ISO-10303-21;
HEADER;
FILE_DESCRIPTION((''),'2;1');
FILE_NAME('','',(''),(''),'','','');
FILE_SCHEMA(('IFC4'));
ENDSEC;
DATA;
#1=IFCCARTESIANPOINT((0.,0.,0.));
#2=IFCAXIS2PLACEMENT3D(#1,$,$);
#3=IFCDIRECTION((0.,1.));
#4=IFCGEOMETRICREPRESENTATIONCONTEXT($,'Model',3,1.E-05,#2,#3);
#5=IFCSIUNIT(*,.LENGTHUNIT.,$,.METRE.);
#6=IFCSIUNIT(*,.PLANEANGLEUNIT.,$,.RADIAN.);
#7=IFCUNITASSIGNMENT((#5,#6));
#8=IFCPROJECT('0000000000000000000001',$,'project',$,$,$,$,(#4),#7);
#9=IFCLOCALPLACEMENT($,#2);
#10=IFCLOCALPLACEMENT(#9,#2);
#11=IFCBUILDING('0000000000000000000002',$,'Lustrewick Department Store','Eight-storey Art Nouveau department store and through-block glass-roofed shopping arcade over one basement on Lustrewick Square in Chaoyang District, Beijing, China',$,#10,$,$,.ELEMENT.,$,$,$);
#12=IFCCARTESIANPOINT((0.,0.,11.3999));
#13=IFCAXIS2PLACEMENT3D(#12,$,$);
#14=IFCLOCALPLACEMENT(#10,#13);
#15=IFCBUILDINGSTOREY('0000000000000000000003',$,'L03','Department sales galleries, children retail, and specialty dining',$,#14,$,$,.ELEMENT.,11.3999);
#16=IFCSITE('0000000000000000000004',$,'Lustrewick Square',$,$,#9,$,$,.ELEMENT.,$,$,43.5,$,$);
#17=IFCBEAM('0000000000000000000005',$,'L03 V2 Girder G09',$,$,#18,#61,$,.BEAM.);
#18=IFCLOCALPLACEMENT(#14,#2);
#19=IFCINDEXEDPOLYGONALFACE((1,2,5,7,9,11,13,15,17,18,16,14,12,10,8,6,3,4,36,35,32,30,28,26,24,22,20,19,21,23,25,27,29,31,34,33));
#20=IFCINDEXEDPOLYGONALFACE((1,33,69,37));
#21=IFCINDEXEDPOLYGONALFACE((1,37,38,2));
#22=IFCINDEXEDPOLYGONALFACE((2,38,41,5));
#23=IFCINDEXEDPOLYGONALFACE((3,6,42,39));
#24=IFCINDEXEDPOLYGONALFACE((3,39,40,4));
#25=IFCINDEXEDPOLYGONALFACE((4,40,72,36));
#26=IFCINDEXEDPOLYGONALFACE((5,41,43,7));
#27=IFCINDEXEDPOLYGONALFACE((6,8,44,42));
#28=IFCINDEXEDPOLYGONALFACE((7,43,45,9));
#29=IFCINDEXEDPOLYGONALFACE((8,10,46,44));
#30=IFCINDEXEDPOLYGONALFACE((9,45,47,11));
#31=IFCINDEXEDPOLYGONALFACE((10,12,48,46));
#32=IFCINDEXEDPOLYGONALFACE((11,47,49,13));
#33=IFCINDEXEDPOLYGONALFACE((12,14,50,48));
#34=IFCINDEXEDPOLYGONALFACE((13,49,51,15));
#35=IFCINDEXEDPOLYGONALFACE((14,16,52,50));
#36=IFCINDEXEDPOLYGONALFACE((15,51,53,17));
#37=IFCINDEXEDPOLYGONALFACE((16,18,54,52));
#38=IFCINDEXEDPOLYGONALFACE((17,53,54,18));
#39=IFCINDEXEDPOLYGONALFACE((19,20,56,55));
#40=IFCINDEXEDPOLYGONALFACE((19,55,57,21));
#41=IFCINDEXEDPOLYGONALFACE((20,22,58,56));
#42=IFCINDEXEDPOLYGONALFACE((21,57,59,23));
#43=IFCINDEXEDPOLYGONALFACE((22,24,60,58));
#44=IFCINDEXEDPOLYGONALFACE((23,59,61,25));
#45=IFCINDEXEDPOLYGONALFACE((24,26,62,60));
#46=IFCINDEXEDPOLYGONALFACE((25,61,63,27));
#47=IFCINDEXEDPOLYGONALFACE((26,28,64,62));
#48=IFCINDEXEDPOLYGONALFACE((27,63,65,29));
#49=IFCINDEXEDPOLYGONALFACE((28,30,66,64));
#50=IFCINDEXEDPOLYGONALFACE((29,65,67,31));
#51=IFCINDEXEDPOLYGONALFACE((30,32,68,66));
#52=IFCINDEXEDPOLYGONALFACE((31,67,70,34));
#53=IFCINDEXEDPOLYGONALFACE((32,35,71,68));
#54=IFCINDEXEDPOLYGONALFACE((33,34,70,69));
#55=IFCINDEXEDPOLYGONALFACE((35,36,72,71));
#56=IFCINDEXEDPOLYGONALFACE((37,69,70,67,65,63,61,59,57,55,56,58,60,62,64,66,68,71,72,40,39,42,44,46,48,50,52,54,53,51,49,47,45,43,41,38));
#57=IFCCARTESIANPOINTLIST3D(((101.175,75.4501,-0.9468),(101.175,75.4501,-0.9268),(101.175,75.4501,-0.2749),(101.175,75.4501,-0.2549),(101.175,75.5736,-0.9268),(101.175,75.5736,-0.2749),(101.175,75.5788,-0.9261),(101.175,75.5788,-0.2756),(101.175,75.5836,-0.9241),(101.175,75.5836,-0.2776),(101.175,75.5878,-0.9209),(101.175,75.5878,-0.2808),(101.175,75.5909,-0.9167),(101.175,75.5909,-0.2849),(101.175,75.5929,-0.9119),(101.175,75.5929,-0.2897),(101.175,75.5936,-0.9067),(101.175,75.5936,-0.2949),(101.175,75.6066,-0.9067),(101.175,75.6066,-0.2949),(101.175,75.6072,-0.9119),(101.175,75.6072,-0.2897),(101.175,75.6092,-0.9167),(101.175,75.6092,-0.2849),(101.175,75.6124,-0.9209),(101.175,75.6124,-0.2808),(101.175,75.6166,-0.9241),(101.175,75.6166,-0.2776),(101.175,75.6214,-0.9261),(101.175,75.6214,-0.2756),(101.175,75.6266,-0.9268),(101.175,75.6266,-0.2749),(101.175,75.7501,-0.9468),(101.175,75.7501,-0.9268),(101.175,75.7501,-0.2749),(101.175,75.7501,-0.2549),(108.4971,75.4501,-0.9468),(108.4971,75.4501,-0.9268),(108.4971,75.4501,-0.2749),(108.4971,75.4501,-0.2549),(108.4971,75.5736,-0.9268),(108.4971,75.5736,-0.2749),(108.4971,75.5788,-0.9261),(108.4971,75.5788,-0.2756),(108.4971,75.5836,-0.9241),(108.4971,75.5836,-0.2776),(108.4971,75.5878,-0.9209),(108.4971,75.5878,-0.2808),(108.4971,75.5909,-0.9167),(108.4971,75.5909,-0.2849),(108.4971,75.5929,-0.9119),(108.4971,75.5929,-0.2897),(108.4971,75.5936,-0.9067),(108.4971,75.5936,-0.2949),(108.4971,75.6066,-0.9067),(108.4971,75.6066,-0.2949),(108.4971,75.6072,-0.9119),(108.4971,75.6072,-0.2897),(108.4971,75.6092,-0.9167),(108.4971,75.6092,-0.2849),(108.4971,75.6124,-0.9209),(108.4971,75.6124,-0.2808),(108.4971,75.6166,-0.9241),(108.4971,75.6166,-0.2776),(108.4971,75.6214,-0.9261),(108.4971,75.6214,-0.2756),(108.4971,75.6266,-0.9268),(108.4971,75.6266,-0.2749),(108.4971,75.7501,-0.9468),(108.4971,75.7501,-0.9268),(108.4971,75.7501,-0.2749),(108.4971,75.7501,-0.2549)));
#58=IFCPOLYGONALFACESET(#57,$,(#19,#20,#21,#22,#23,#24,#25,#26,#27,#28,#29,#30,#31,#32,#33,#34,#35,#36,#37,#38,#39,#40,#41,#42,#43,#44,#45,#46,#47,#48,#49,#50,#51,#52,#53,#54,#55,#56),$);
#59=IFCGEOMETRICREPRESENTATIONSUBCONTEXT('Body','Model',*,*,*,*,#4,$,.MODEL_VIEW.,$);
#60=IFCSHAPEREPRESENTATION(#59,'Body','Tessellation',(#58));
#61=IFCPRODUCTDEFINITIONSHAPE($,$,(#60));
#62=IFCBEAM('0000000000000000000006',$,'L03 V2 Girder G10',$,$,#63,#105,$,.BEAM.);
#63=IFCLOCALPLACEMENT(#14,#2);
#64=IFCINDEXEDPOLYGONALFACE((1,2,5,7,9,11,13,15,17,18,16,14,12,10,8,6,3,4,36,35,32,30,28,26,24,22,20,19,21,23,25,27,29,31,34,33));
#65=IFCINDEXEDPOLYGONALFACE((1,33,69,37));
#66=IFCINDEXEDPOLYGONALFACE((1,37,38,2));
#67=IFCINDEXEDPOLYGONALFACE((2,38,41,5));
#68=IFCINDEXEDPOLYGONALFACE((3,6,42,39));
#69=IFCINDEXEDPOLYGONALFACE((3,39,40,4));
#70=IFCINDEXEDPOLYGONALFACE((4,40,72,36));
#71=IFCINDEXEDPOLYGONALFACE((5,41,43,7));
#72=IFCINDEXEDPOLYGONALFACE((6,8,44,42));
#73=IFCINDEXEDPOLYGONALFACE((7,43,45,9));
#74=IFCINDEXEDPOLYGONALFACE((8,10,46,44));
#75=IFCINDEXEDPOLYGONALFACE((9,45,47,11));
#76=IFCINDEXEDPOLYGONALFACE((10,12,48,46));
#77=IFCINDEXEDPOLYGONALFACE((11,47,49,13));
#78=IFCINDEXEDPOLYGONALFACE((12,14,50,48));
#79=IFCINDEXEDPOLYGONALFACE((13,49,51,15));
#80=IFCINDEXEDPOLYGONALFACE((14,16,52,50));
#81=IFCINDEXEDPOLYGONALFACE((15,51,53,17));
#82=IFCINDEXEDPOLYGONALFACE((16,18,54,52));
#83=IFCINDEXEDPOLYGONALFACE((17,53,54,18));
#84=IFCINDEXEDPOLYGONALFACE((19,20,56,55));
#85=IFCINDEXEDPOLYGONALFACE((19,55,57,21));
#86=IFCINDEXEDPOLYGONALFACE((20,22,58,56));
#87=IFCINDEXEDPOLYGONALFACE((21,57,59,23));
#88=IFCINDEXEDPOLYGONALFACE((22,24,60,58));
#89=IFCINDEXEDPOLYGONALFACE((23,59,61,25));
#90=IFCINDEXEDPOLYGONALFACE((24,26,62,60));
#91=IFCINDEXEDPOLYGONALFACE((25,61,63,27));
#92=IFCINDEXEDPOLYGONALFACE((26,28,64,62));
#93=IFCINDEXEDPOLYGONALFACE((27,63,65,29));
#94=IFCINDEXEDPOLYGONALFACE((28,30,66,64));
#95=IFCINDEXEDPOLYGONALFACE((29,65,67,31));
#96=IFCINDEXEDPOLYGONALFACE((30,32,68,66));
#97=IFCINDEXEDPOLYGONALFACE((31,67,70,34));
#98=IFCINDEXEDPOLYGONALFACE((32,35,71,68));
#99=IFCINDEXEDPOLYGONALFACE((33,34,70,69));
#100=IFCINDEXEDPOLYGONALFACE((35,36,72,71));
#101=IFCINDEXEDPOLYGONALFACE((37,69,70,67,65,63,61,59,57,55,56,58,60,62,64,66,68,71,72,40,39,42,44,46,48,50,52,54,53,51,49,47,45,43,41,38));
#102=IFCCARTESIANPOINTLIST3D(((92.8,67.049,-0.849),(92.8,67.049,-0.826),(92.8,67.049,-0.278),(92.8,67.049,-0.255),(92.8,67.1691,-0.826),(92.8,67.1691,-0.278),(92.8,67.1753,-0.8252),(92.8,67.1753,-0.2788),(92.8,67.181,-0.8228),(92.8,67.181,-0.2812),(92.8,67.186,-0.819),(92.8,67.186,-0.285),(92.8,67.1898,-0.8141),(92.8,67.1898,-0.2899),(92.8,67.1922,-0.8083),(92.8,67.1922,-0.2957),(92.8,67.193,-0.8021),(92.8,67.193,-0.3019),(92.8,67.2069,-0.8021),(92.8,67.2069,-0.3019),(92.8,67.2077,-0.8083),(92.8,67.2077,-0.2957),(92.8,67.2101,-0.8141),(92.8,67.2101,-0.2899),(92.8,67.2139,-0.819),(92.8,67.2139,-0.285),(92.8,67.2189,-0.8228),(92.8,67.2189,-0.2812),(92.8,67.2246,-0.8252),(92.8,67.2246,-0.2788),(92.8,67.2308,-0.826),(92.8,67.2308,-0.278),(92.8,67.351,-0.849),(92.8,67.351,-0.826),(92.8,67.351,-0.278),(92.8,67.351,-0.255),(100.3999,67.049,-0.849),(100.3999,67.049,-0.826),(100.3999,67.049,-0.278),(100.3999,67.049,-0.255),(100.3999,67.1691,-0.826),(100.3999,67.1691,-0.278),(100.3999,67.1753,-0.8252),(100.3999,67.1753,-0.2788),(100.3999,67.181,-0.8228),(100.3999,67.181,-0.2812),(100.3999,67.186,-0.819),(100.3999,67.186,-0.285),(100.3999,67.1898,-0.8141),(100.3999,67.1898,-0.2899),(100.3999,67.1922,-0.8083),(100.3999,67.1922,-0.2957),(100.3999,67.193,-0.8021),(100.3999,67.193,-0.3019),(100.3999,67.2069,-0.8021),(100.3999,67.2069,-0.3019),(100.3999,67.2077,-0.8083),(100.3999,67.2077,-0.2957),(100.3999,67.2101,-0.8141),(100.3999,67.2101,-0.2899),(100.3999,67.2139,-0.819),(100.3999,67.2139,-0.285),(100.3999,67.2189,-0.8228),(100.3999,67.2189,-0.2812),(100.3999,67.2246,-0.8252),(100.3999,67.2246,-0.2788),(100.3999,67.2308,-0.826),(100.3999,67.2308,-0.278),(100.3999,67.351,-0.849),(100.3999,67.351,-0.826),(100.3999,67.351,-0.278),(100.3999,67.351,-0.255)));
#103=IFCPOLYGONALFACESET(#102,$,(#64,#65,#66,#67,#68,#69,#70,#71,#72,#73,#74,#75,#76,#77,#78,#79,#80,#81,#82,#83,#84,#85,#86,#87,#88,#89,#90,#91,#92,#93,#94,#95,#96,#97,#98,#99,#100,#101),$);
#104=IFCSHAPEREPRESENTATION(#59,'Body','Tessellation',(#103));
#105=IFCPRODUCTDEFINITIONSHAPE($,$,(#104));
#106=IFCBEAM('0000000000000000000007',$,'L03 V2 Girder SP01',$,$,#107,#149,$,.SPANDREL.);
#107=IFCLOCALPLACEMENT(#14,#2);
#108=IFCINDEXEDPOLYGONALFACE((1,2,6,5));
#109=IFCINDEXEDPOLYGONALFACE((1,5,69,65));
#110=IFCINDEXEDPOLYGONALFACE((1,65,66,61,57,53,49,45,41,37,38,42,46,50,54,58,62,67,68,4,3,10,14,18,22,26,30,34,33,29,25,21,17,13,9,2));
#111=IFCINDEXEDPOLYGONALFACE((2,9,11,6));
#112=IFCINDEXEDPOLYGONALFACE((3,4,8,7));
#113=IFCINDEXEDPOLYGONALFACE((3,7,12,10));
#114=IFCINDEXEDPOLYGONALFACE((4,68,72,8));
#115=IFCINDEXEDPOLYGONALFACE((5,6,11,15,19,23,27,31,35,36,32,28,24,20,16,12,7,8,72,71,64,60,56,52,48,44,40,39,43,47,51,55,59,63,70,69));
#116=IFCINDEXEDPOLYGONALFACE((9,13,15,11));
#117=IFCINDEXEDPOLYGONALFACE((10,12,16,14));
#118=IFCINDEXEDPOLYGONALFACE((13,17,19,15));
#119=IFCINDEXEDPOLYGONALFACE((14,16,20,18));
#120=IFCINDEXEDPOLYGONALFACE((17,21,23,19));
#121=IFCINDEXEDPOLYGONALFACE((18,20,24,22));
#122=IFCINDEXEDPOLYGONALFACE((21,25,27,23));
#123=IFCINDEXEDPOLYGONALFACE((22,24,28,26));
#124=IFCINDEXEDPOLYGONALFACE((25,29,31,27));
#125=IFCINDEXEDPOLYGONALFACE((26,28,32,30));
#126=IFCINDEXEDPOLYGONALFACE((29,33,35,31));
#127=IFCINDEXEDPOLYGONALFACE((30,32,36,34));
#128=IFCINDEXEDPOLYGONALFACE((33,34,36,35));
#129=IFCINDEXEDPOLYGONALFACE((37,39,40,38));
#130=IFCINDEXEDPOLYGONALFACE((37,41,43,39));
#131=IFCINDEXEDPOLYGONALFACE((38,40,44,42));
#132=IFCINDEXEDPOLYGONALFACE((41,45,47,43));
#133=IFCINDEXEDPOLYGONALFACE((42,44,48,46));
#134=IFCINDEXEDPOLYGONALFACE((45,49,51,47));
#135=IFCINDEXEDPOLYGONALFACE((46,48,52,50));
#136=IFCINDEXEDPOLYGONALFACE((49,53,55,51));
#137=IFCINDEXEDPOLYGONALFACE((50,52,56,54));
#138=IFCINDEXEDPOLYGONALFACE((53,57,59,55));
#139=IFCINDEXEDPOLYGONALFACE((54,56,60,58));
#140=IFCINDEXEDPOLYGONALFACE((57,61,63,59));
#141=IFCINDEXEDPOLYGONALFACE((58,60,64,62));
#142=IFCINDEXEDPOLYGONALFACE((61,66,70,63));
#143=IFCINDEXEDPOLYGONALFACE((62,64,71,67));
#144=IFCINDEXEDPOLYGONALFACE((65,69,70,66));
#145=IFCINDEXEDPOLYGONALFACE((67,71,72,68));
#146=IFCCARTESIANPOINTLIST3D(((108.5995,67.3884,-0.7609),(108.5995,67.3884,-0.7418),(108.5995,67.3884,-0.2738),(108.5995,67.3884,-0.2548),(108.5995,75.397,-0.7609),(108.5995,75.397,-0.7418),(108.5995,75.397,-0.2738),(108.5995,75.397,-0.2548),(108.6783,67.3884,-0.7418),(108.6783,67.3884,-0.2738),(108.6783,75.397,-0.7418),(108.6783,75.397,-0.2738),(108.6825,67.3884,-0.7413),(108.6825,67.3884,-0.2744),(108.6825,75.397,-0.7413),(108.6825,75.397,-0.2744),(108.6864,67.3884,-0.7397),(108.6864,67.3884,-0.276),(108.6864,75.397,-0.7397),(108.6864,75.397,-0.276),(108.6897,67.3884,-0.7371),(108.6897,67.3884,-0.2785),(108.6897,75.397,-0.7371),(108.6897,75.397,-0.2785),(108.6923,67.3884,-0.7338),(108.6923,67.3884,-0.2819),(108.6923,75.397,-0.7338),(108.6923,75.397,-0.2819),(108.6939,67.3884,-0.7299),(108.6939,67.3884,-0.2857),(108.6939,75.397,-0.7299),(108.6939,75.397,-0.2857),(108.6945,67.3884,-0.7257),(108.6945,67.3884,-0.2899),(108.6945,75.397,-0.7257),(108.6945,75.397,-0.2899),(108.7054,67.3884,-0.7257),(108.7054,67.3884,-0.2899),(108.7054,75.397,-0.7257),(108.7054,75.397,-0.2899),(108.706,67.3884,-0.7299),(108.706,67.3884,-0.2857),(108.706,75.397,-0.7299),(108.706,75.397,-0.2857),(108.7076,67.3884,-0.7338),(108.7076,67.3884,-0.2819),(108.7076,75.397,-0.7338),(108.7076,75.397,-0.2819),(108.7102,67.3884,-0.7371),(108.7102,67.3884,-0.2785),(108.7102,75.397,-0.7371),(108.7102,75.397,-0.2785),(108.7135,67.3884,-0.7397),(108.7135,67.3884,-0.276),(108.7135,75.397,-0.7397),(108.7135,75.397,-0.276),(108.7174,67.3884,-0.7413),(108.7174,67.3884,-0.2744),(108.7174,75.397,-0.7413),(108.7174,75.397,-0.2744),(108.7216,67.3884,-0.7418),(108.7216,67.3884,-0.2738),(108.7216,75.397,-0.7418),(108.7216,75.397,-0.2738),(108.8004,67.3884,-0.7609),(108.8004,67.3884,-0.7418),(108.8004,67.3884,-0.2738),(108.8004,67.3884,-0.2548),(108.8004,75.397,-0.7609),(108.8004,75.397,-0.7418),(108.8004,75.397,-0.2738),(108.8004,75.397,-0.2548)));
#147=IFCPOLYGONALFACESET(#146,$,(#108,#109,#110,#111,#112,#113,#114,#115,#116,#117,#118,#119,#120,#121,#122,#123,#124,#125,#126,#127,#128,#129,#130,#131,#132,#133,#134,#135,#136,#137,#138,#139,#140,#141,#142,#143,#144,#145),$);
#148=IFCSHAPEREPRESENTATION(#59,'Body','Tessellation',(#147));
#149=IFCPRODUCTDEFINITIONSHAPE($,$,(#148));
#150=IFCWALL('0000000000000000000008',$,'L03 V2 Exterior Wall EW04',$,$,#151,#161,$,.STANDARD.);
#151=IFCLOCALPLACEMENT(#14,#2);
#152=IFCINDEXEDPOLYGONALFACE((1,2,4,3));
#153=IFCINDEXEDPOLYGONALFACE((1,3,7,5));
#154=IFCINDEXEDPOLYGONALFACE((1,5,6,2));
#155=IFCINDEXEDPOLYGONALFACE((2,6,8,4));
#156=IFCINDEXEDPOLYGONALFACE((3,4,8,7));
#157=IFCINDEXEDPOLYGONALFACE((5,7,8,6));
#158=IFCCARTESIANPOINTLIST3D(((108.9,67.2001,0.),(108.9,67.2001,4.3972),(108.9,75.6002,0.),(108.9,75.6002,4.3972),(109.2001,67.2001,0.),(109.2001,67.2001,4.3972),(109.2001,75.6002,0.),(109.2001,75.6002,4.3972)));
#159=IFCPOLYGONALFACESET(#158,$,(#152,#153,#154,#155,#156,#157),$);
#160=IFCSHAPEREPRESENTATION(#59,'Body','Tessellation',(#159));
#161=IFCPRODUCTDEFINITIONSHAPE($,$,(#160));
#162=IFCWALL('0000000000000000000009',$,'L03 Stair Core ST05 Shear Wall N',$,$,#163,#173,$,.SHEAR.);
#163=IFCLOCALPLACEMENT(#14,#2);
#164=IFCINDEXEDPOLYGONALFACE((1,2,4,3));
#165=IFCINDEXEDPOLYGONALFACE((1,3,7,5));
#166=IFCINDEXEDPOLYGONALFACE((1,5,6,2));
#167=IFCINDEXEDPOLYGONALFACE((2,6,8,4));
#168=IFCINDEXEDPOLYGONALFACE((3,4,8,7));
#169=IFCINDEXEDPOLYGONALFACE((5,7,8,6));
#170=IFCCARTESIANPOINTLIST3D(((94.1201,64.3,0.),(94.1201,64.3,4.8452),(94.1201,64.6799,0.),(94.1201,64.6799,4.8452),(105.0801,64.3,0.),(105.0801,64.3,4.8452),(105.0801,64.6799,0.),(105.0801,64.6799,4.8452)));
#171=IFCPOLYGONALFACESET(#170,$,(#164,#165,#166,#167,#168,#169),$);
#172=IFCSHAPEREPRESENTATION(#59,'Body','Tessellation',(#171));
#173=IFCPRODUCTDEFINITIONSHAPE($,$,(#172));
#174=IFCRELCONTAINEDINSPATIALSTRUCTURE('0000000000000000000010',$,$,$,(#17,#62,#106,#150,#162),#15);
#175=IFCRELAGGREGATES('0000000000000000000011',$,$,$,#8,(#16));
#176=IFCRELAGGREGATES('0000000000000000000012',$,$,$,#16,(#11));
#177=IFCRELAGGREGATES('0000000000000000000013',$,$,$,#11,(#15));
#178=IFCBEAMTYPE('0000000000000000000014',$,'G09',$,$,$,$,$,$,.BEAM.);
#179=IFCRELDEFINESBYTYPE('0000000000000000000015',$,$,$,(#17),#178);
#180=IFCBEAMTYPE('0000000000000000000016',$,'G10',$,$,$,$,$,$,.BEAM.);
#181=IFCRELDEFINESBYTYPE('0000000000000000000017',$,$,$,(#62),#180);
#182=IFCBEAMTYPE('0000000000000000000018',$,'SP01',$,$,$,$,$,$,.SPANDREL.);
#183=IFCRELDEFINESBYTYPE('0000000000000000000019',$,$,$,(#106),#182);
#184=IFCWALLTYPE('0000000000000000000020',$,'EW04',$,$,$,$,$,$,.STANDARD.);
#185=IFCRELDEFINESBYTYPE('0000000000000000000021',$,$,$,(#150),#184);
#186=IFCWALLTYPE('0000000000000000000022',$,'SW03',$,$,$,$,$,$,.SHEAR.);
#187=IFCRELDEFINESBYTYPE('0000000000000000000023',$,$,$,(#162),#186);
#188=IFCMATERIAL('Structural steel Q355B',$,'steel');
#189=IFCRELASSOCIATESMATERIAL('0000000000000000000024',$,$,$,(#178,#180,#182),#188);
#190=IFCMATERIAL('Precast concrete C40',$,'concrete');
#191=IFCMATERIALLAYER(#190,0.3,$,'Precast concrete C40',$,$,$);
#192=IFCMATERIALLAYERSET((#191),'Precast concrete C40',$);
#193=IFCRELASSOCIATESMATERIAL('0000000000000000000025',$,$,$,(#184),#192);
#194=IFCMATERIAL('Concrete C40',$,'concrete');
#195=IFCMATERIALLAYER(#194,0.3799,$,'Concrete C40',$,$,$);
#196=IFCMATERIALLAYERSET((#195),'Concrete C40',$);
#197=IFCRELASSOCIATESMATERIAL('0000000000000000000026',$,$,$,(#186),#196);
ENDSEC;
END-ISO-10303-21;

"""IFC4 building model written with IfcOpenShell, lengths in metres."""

from ifc_helpers import new_model, si_unit, direction, frame, frame_2d, origin, origin_2d, place, context, subcontext, project, spatial, rectangle, i_section, extrude, material, layer, layer_set, material_profile, profile_set, type_object, element, save


model = new_model("IFC4")

# Units and contexts
model_context = context("Model", 3, precision=1e-05, world=origin(), true_north=direction((0.0, 1.0)))
body_context = subcontext(model_context, "Body", "Model", "MODEL_VIEW")
ifc_project = project(units=[si_unit("LENGTHUNIT", "METRE"), si_unit("PLANEANGLEUNIT", "RADIAN")], contexts=[model_context])

# Site, building, storey
site_placement = place(None, origin())
site = spatial("IfcSite", under=ifc_project, at=site_placement, Name="Lustrewick Square", CompositionType="ELEMENT", RefElevation=43.5)
building_placement = place(site_placement, origin())
building = spatial("IfcBuilding", under=site, at=building_placement, Name="Lustrewick Department Store", Description="Eight-storey Art Nouveau department store and through-block glass-roofed shopping arcade over one basement on Lustrewick Square in Chaoyang District, Beijing, China", CompositionType="ELEMENT")
storey_placement = place(building_placement, frame((0.0, 0.0, 11.3999)))
storey = spatial("IfcBuildingStorey", under=building, at=storey_placement, Name="L03", Description="Department sales galleries, children retail, and specialty dining", CompositionType="ELEMENT", Elevation=11.3999)

# Shared definitions
ifc_material_1 = material(Name="Structural steel Q355B", Category="steel")

# Beams
ifc_material_profile_1 = material_profile(ifc_material_1, i_section(OverallWidth=0.3, OverallDepth=0.6919, WebThickness=0.0129, FlangeThickness=0.02, FilletRadius=0.02, at=origin_2d()), Name="HN 692x300x13x20")
ifc_profile_set_1 = profile_set([ifc_material_profile_1], Name="Structural steel Q355B")
beam_type_1 = type_object("IfcBeamType", Name="G09", PredefinedType="BEAM", material=ifc_profile_set_1)
beam_1_placement = place(storey_placement, frame((101.175, 75.6001, -0.6008), z_axis=(1.0, 0.0, 0.0), x_axis=(0.0, 1.0, 0.0)))
element("IfcBeam", 1, at=beam_1_placement, inside=storey, type_object=beam_type_1, Name="L03 V2 Girder G09", PredefinedType="BEAM", context=body_context, shape_type="SweptSolid", body=[
    extrude(i_section(OverallWidth=0.3, OverallDepth=0.6919, WebThickness=0.0129, FlangeThickness=0.02, FilletRadius=0.02, at=origin_2d()), origin(), (0.0, 0.0, 1.0), 7.322),
])
ifc_material_profile_2 = material_profile(ifc_material_1, i_section(OverallWidth=0.302, OverallDepth=0.594, WebThickness=0.0139, FlangeThickness=0.0229, FilletRadius=0.0239, at=origin_2d()), Name="HM 594x302x14x23")
ifc_profile_set_2 = profile_set([ifc_material_profile_2], Name="Structural steel Q355B")
beam_type_2 = type_object("IfcBeamType", Name="G10", PredefinedType="BEAM", material=ifc_profile_set_2)
beam_2_placement = place(storey_placement, frame((92.8, 67.2, -0.552), z_axis=(1.0, 0.0, 0.0), x_axis=(0.0, 1.0, 0.0)))
element("IfcBeam", 2, at=beam_2_placement, inside=storey, type_object=beam_type_2, Name="L03 V2 Girder G10", PredefinedType="BEAM", context=body_context, shape_type="SweptSolid", body=[
    extrude(i_section(OverallWidth=0.302, OverallDepth=0.594, WebThickness=0.0139, FlangeThickness=0.0229, FilletRadius=0.0239, at=origin_2d()), origin(), (0.0, 0.0, 1.0), 7.5999),
])
ifc_material_profile_3 = material_profile(ifc_material_1, i_section(OverallWidth=0.2009, OverallDepth=0.5061, WebThickness=0.011, FlangeThickness=0.019, FilletRadius=0.0161, at=origin_2d()), Name="HN 506x201x11x19")
ifc_profile_set_3 = profile_set([ifc_material_profile_3], Name="Structural steel Q355B")
beam_type_3 = type_object("IfcBeamType", Name="SP01", PredefinedType="SPANDREL", material=ifc_profile_set_3)
beam_3_placement = place(storey_placement, frame((108.7, 67.3884, -0.5078), z_axis=(0.0, 1.0, 0.0), x_axis=(-1.0, 0.0, 0.0)))
element("IfcBeam", 3, at=beam_3_placement, inside=storey, type_object=beam_type_3, Name="L03 V2 Girder SP01", PredefinedType="SPANDREL", context=body_context, shape_type="SweptSolid", body=[
    extrude(i_section(OverallWidth=0.2009, OverallDepth=0.5061, WebThickness=0.011, FlangeThickness=0.019, FilletRadius=0.0161, at=origin_2d()), origin(), (0.0, 0.0, 1.0), 8.0085),
])

# Walls
ifc_material_2 = material(Name="Precast concrete C40", Category="concrete")
ifc_layer_1 = layer(ifc_material_2, 0.3, Name="Precast concrete C40")
ifc_layer_set_1 = layer_set([ifc_layer_1], Name="Precast concrete C40")
wall_type_1 = type_object("IfcWallType", Name="EW04", PredefinedType="STANDARD", material=ifc_layer_set_1)
wall_1_placement = place(storey_placement, frame((109.05, 67.2, 0.0), z_axis=(0.0, 0.0, 1.0), x_axis=(0.0, 1.0, 0.0)))
element("IfcWall", 4, at=wall_1_placement, inside=storey, type_object=wall_type_1, Name="L03 V2 Exterior Wall EW04", PredefinedType="STANDARD", context=body_context, shape_type="SweptSolid", body=[
    extrude(rectangle(XDim=8.4001, YDim=0.3, at=frame_2d((4.2002, 0.0))), origin(), (0.0, 0.0, 1.0), 4.3972),
])
ifc_material_3 = material(Name="Concrete C40", Category="concrete")
ifc_layer_2 = layer(ifc_material_3, 0.3799, Name="Concrete C40")
ifc_layer_set_2 = layer_set([ifc_layer_2], Name="Concrete C40")
wall_type_2 = type_object("IfcWallType", Name="SW03", PredefinedType="SHEAR", material=ifc_layer_set_2)
wall_2_placement = place(storey_placement, frame((105.0801, 64.49, 0.0), z_axis=(0.0, 0.0, 1.0), x_axis=(-1.0, 0.0, 0.0)))
element("IfcWall", 5, at=wall_2_placement, inside=storey, type_object=wall_type_2, Name="L03 Stair Core ST05 Shear Wall N", PredefinedType="SHEAR", context=body_context, shape_type="SweptSolid", body=[
    extrude(rectangle(XDim=10.96, YDim=0.3799, at=frame_2d((5.48, 0.0))), origin(), (0.0, 0.0, 1.0), 4.8452),
])

save(model, "model.ifc")
